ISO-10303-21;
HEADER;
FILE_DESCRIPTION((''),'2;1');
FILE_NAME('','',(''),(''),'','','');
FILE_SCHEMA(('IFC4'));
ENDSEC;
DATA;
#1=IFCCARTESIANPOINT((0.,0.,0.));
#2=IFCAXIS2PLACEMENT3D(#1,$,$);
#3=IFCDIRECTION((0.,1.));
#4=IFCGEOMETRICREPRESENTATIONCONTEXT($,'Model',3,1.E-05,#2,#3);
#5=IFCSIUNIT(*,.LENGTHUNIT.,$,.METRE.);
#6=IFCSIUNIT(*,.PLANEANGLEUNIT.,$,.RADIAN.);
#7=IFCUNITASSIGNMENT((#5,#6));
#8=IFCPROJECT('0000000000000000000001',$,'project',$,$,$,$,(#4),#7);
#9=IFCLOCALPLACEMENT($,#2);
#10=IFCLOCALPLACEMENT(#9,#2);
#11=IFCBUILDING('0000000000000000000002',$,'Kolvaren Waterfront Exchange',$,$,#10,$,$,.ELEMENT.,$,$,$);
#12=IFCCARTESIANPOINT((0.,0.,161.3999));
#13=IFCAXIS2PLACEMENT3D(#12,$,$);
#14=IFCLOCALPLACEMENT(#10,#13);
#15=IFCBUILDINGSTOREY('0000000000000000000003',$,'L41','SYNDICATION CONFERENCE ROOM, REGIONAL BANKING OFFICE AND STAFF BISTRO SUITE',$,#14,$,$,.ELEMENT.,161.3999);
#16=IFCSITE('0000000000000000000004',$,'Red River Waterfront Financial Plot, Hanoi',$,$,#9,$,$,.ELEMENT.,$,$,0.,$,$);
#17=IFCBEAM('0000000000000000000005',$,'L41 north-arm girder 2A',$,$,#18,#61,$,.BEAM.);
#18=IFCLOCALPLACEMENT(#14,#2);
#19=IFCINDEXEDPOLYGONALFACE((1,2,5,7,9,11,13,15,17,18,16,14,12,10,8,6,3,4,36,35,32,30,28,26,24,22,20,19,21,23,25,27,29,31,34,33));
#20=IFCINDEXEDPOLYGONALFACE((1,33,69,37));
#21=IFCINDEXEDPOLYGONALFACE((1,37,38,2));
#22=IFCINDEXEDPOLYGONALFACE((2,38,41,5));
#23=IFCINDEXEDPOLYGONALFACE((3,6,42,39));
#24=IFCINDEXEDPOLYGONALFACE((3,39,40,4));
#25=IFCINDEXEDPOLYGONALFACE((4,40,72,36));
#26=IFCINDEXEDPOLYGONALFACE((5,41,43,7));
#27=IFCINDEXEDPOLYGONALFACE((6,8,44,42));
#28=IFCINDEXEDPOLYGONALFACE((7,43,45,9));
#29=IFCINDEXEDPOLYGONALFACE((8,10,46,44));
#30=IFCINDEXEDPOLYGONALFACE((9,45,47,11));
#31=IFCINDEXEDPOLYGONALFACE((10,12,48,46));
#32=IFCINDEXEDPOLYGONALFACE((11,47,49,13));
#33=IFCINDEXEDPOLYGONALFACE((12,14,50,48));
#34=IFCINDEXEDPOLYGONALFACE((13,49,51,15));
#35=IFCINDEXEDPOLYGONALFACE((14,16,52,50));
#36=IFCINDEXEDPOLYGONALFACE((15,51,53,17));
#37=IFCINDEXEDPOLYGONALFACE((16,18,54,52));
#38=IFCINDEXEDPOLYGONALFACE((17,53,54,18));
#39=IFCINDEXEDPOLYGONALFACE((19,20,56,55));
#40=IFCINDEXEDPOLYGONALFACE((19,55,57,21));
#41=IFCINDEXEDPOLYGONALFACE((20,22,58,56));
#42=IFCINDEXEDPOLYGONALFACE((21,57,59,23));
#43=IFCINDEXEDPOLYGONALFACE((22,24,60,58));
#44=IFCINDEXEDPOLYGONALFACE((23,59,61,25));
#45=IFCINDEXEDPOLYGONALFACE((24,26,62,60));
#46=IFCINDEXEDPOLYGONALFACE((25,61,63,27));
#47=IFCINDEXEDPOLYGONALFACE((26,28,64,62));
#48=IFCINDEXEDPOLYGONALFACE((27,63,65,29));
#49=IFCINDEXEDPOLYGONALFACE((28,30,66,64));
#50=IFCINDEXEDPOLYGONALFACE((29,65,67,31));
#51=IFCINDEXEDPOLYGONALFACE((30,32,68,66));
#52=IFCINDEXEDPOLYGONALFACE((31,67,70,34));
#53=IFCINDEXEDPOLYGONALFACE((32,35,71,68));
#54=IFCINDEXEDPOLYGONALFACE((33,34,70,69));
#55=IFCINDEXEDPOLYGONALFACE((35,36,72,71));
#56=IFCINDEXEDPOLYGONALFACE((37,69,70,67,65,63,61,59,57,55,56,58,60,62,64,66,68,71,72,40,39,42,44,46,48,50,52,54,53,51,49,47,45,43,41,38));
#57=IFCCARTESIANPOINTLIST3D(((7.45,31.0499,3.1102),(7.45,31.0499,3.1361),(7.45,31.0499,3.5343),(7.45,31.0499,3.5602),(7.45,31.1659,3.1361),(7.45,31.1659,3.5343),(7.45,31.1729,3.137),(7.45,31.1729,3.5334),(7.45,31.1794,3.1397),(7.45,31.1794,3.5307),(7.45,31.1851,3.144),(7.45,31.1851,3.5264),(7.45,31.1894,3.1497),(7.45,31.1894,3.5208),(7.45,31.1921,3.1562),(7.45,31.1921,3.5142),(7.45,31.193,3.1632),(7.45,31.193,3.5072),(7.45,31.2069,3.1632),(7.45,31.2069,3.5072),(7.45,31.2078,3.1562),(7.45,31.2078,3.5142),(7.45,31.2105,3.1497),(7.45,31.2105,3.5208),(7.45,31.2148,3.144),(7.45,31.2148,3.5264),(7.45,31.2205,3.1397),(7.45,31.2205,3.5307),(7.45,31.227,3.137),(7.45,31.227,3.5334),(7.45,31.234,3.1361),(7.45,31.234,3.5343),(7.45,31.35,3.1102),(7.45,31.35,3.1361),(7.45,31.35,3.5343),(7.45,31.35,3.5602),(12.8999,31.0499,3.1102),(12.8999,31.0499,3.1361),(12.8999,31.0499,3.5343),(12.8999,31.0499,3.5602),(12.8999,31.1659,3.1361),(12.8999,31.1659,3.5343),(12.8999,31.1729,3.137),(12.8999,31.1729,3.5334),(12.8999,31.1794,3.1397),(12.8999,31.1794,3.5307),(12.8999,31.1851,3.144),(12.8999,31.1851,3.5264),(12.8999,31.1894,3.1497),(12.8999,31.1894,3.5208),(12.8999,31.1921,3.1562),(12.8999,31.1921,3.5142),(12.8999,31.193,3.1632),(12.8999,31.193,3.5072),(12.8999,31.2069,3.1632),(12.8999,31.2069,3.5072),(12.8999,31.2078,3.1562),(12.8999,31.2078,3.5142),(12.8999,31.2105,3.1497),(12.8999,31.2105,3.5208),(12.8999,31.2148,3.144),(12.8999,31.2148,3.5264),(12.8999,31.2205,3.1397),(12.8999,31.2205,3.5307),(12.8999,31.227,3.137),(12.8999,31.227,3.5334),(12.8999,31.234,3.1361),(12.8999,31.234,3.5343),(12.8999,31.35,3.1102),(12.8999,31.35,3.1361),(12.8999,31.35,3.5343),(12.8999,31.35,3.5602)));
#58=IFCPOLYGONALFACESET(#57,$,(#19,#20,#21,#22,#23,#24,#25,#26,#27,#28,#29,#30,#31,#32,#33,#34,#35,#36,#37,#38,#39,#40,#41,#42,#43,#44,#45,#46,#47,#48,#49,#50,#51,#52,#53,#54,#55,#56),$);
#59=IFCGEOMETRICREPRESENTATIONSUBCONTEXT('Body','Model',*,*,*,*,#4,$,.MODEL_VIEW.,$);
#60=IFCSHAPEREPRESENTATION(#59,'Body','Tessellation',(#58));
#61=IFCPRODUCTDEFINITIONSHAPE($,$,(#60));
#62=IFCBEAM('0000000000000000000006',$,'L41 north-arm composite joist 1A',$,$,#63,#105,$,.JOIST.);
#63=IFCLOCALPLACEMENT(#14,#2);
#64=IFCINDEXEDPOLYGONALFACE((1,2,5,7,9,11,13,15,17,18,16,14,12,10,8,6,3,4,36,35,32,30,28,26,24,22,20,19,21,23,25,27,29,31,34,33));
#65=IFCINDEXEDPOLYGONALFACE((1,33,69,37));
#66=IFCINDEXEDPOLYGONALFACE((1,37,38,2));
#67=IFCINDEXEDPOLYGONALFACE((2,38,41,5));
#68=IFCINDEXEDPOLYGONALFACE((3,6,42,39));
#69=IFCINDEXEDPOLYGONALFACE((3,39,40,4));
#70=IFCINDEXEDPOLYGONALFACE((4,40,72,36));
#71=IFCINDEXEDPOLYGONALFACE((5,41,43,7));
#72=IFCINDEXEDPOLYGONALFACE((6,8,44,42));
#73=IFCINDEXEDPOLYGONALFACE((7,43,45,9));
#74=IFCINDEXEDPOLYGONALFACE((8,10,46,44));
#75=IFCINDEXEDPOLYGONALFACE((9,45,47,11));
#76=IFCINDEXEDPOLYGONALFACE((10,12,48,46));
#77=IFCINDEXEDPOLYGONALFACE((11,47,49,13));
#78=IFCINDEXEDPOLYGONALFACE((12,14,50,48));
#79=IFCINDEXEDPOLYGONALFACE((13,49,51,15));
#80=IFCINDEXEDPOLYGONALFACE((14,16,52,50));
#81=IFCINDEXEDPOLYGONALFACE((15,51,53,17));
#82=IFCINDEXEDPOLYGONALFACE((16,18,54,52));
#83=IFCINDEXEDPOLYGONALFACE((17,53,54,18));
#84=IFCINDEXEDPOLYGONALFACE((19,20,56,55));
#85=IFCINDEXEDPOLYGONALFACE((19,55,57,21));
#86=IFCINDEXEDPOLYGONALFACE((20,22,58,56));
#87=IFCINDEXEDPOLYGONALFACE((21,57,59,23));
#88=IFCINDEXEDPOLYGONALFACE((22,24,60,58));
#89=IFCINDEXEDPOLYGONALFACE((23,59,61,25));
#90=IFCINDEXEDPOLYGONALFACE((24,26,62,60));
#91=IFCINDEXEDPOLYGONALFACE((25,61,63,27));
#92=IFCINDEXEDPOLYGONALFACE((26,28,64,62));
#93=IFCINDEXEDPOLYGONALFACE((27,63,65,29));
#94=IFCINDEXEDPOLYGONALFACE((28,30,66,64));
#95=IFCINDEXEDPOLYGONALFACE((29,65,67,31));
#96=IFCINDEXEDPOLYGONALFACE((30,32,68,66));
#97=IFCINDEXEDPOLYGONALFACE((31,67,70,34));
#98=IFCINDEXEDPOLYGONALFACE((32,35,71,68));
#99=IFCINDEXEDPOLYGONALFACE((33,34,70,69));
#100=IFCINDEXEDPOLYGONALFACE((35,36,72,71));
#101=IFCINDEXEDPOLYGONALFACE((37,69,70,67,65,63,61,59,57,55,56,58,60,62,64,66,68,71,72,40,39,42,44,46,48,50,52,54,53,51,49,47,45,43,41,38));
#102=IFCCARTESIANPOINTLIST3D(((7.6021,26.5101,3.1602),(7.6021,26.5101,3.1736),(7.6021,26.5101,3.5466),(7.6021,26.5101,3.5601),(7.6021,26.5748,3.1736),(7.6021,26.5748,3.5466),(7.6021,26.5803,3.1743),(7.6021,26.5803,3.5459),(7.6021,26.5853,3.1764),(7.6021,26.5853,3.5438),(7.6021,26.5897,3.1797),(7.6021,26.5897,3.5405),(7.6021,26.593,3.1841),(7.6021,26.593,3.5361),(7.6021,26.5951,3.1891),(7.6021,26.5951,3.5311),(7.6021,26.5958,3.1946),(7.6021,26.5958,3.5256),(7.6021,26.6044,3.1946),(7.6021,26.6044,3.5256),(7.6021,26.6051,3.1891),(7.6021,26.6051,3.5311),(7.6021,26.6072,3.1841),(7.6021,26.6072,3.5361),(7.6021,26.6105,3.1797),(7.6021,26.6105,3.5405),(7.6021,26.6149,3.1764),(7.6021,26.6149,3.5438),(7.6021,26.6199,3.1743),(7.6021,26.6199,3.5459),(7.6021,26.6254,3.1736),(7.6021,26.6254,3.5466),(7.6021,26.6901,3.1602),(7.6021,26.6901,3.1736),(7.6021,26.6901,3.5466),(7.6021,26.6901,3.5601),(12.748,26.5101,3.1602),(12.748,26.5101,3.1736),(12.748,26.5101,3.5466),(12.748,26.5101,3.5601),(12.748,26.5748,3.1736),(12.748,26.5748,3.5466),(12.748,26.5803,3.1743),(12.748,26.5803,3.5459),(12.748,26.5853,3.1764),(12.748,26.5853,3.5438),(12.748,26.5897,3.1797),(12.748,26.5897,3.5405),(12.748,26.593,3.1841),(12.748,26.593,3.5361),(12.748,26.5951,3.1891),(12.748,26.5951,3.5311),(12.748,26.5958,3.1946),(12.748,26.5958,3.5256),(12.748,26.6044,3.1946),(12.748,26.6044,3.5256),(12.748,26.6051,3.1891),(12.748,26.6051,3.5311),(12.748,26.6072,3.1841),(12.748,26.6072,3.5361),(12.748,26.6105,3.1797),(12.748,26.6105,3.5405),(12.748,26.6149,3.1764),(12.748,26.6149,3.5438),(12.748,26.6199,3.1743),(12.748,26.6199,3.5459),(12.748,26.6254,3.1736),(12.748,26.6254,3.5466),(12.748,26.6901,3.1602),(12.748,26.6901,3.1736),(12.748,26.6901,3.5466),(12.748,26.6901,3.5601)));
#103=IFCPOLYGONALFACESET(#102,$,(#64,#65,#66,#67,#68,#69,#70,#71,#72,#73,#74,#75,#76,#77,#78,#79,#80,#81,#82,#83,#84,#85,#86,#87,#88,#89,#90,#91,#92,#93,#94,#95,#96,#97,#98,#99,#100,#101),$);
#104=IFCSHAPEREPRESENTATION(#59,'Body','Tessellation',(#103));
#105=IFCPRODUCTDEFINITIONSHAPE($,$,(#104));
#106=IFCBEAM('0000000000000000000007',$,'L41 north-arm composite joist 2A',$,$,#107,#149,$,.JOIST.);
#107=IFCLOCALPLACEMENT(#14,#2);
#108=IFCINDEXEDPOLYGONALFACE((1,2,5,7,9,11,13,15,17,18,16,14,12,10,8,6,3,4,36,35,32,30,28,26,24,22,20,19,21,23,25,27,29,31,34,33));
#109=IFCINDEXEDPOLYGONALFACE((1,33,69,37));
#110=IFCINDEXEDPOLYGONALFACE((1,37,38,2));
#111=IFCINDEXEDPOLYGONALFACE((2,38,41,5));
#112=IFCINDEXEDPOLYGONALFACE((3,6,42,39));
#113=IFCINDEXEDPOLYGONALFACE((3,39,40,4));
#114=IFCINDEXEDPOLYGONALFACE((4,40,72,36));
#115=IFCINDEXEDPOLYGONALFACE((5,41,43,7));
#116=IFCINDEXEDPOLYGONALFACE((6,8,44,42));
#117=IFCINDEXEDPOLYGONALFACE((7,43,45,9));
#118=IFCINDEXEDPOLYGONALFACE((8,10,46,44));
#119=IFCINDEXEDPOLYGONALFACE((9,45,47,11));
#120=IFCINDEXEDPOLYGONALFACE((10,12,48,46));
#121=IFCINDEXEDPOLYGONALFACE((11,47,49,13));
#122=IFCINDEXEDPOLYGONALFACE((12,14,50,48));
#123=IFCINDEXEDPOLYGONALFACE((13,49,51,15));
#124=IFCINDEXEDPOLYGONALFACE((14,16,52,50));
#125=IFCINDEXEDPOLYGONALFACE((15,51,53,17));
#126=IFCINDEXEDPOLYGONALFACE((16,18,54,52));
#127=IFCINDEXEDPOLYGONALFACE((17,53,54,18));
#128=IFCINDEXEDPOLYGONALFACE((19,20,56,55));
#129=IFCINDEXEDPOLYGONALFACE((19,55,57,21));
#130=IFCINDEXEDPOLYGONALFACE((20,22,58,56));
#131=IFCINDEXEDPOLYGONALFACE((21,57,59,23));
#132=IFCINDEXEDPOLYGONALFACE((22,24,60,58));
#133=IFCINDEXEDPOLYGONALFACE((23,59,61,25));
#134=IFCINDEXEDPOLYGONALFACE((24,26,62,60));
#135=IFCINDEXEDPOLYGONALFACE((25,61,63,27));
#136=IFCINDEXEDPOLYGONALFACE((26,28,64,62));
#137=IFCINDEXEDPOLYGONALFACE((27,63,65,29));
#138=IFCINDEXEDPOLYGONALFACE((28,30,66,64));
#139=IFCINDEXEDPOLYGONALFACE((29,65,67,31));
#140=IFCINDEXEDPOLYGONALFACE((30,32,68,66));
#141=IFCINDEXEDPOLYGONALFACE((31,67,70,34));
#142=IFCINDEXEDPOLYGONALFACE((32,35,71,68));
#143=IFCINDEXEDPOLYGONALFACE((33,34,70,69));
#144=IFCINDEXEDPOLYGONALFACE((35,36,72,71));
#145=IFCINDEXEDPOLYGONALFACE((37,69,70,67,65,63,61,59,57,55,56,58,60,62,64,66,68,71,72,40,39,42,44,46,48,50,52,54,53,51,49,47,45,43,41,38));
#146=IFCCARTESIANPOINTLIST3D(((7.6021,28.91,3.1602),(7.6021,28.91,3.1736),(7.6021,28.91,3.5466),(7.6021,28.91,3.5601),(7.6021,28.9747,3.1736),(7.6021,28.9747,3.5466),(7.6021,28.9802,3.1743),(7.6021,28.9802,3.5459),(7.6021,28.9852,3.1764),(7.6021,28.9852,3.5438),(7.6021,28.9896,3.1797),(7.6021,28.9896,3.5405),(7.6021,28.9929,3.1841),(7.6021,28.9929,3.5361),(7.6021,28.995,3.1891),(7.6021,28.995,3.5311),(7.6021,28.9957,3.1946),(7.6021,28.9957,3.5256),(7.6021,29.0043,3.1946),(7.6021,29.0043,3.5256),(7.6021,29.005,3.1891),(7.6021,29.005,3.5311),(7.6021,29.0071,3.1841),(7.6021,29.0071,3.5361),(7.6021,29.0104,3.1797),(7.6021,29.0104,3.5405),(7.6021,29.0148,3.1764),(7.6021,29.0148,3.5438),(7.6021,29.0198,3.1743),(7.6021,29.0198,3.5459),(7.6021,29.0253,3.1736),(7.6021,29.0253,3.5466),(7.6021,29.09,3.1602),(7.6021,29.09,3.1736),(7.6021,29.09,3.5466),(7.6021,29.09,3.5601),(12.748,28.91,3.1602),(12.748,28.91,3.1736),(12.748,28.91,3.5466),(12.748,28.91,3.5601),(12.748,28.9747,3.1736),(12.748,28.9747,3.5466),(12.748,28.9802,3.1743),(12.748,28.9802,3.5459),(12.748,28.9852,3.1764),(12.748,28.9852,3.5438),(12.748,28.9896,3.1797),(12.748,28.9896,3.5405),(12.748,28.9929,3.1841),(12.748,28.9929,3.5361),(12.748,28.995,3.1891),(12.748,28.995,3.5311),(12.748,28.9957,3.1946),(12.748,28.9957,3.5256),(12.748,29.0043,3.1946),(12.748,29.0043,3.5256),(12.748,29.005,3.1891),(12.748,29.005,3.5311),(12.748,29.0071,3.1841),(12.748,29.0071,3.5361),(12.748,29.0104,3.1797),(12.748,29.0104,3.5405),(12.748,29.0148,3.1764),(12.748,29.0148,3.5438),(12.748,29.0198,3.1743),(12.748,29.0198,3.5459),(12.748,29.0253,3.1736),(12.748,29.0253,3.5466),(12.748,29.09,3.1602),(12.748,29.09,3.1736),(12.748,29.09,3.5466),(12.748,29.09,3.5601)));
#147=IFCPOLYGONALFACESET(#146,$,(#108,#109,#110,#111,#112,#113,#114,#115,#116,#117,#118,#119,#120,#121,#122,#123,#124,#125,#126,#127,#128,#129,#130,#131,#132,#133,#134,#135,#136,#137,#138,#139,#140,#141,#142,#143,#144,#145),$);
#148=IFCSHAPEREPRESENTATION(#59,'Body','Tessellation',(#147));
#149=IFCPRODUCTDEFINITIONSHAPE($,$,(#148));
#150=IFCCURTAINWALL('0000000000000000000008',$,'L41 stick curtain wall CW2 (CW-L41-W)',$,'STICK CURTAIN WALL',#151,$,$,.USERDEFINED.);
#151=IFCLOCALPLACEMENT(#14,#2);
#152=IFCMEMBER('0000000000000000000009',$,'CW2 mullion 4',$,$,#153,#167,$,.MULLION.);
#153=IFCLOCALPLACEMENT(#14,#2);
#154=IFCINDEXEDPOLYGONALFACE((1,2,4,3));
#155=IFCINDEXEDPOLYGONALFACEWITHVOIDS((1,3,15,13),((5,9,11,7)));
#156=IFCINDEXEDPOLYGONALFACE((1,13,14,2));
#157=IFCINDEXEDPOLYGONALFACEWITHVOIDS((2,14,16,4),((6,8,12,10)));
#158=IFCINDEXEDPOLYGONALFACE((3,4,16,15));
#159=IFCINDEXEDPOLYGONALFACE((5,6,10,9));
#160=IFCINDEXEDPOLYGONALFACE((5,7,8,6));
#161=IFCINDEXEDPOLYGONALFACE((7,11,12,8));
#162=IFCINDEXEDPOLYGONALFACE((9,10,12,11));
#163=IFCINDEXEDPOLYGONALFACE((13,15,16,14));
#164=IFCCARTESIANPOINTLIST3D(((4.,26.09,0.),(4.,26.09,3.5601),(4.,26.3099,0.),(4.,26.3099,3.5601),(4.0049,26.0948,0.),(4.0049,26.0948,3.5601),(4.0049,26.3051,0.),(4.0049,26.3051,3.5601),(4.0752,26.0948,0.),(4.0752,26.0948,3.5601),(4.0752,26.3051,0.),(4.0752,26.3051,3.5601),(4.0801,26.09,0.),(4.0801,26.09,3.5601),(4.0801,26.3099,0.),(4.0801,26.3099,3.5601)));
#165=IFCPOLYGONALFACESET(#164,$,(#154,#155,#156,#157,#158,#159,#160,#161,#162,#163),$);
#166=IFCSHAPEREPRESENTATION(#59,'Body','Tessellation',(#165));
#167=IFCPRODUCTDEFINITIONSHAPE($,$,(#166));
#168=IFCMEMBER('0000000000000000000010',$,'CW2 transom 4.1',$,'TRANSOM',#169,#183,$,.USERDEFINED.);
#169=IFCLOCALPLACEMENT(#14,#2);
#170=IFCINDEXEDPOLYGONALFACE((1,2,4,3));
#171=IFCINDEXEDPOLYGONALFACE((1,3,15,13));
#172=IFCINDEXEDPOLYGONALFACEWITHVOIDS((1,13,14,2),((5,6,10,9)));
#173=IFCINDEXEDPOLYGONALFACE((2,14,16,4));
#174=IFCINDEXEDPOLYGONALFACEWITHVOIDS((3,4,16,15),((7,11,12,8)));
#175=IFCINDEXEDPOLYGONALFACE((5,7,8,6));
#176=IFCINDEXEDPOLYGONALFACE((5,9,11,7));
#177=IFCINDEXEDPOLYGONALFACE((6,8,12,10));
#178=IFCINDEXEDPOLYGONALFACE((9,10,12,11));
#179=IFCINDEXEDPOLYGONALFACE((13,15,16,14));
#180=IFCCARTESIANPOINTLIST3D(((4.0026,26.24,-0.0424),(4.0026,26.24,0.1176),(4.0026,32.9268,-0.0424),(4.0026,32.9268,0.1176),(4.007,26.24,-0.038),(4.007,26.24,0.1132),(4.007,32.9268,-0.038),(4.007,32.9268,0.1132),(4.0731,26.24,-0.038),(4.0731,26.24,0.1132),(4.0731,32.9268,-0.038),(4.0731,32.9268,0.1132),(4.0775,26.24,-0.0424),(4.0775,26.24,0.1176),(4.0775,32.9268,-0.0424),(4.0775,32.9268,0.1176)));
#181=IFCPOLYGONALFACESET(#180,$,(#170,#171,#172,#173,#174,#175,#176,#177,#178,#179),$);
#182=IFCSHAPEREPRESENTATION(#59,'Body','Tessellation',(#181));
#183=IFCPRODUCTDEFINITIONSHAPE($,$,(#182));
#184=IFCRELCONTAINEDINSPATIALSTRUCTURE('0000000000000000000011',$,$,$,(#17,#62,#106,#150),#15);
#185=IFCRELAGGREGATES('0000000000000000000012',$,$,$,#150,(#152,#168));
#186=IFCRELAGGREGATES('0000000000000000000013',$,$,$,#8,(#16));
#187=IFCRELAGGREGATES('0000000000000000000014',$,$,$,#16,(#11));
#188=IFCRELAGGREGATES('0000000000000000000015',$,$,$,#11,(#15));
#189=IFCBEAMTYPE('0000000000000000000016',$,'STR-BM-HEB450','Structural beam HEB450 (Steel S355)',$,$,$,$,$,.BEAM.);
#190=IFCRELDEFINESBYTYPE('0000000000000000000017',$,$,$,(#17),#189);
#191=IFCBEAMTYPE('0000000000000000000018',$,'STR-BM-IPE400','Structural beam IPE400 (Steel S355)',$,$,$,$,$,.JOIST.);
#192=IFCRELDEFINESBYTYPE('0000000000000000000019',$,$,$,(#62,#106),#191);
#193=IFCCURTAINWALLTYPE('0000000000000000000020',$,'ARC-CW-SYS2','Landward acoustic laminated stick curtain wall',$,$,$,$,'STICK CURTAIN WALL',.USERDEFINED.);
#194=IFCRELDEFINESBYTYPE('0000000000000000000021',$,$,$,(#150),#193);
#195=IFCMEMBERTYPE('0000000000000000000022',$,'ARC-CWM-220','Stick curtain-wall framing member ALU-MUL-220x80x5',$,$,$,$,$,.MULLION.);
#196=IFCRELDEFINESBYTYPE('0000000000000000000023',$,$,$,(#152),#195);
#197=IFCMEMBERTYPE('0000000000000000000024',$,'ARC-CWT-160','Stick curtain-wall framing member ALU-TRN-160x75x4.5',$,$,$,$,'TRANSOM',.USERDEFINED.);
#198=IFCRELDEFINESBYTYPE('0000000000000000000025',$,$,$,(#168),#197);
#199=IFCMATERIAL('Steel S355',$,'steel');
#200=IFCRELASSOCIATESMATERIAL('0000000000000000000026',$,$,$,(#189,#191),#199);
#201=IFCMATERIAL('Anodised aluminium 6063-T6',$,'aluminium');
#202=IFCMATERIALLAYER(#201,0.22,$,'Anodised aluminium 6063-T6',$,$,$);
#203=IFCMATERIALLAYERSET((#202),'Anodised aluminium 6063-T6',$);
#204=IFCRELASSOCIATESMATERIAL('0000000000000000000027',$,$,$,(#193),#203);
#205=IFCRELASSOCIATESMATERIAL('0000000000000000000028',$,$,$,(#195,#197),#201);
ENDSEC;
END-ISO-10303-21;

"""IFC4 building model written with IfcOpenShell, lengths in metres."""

from ifc_helpers import new_model, si_unit, direction, frame, origin, origin_with_axes, origin_2d, place, context, subcontext, project, spatial, hollow_rectangle, i_section, extrude, source, transform, mapped, material, layer, layer_set, material_profile, profile_set, type_object, element, aggregate, save


model = new_model("IFC4")

# Units and contexts
model_context = context("Model", 3, precision=1e-05, world=origin(), true_north=direction((0.0, 1.0)))
body_context = subcontext(model_context, "Body", "Model", "MODEL_VIEW")
ifc_project = project(units=[si_unit("LENGTHUNIT", "METRE"), si_unit("PLANEANGLEUNIT", "RADIAN")], contexts=[model_context])

# Site, building, storey
site_placement = place(None, origin())
site = spatial("IfcSite", under=ifc_project, at=site_placement, Name="Red River Waterfront Financial Plot, Hanoi", CompositionType="ELEMENT", RefElevation=0.0)
building_placement = place(site_placement, origin())
building = spatial("IfcBuilding", under=site, at=building_placement, Name="Kolvaren Waterfront Exchange", CompositionType="ELEMENT")
storey_placement = place(building_placement, frame((0.0, 0.0, 161.3999)))
storey = spatial("IfcBuildingStorey", under=building, at=storey_placement, Name="L41", Description="SYNDICATION CONFERENCE ROOM, REGIONAL BANKING OFFICE AND STAFF BISTRO SUITE", CompositionType="ELEMENT", Elevation=161.3999)

# Beams
ifc_material_1 = material(Name="Steel S355", Category="steel")
ifc_material_profile_1 = material_profile(ifc_material_1, i_section(OverallWidth=0.3, OverallDepth=0.45, WebThickness=0.0139, FlangeThickness=0.0259, FilletRadius=0.0271, at=origin_2d()), Name="HEB450")
ifc_profile_set_1 = profile_set([ifc_material_profile_1], Name="Steel S355")
beam_type_1 = type_object("IfcBeamType", Name="STR-BM-HEB450", Description="Structural beam HEB450 (Steel S355)", PredefinedType="BEAM", material=ifc_profile_set_1)
for number, where, z_axis, x_axis, name in (
    (1, (7.45, 31.2, 3.3352), (1.0, 0.0, 0.0), (0.0, 1.0, 0.0), "L41 north-arm girder 2A"),
):
    element("IfcBeam", number, at=place(storey_placement, frame(where, z_axis=z_axis, x_axis=x_axis)), inside=storey, type_object=beam_type_1, Name=name, PredefinedType="BEAM", context=body_context, shape_type="SweptSolid", body=[
        extrude(i_section(OverallWidth=0.3, OverallDepth=0.45, WebThickness=0.0139, FlangeThickness=0.0259, FilletRadius=0.0271, at=origin_2d()), origin(), (0.0, 0.0, 1.0), 5.45),
    ])
ifc_material_profile_2 = material_profile(ifc_material_1, i_section(OverallWidth=0.1799, OverallDepth=0.3999, WebThickness=0.0085, FlangeThickness=0.0134, FilletRadius=0.021, at=origin_2d()), Name="IPE400")
ifc_profile_set_2 = profile_set([ifc_material_profile_2], Name="Steel S355")
beam_type_2 = type_object("IfcBeamType", Name="STR-BM-IPE400", Description="Structural beam IPE400 (Steel S355)", PredefinedType="JOIST", material=ifc_profile_set_2)
for number, where, z_axis, x_axis, name in (
    (2, (7.6021, 26.6001, 3.3601), (1.0, 0.0, 0.0), (0.0, 1.0, 0.0), "L41 north-arm composite joist 1A"),
    (3, (7.6021, 29.0, 3.3601), (1.0, 0.0, 0.0), (0.0, 1.0, 0.0), "L41 north-arm composite joist 2A"),
):
    element("IfcBeam", number, at=place(storey_placement, frame(where, z_axis=z_axis, x_axis=x_axis)), inside=storey, type_object=beam_type_2, Name=name, PredefinedType="JOIST", context=body_context, shape_type="SweptSolid", body=[
        extrude(i_section(OverallWidth=0.1799, OverallDepth=0.3999, WebThickness=0.0085, FlangeThickness=0.0134, FilletRadius=0.021, at=origin_2d()), origin(), (0.0, 0.0, 1.0), 5.146),
    ])

# Curtain wall, members
ifc_material_2 = material(Name="Anodised aluminium 6063-T6", Category="aluminium")
ifc_layer_1 = layer(ifc_material_2, 0.22, Name="Anodised aluminium 6063-T6")
ifc_layer_set_1 = layer_set([ifc_layer_1], Name="Anodised aluminium 6063-T6")
curtain_wall_type = type_object("IfcCurtainWallType", Name="ARC-CW-SYS2", Description="Landward acoustic laminated stick curtain wall", ElementType="STICK CURTAIN WALL", PredefinedType="USERDEFINED", material=ifc_layer_set_1)
curtain_wall_placement = place(storey_placement, origin())
curtain_wall = element("IfcCurtainWall", 4, at=curtain_wall_placement, inside=storey, type_object=curtain_wall_type, Name="L41 stick curtain wall CW2 (CW-L41-W)", ObjectType="STICK CURTAIN WALL", PredefinedType="USERDEFINED")
ifc_material_profile_3 = material_profile(ifc_material_2, hollow_rectangle(XDim=0.0801, YDim=0.22, WallThickness=0.0049, at=origin_2d()), Name="ALU-MUL-220x80x5")
ifc_profile_set_3 = profile_set([ifc_material_profile_3], Name="Anodised aluminium 6063-T6")
member_type_1 = type_object("IfcMemberType", Name="ARC-CWM-220", Description="Stick curtain-wall framing member ALU-MUL-220x80x5", PredefinedType="MULLION", material=ifc_profile_set_3)
shared_shape_1 = source(origin_with_axes(), body_context, "Body", "SweptSolid", [
    extrude(hollow_rectangle(XDim=0.0801, YDim=0.22, WallThickness=0.0049, at=origin_2d()), origin(), (0.0, 0.0, 1.0), 3.5601),
])
member_1_placement = place(storey_placement, frame((4.04, 26.2, 0.0), z_axis=(0.0, 0.0, 1.0), x_axis=(-1.0, 0.0, 0.0)))
member_1 = element("IfcMember", 5, at=member_1_placement, type_object=member_type_1, Name="CW2 mullion 4", PredefinedType="MULLION", context=body_context, shape_type="MappedRepresentation", body=[
    mapped(shared_shape_1, transform((0.0, 0.0, 0.0), x_axis=(1.0, 0.0, 0.0), y_axis=(0.0, 1.0, 0.0), z_axis=(0.0, 0.0, 1.0), scale=1.0)),
])
ifc_material_profile_4 = material_profile(ifc_material_2, hollow_rectangle(XDim=0.075, YDim=0.1599, WallThickness=0.0044, at=origin_2d()), Name="ALU-TRN-160x75x4.5")
ifc_profile_set_4 = profile_set([ifc_material_profile_4], Name="Anodised aluminium 6063-T6")
member_type_2 = type_object("IfcMemberType", Name="ARC-CWT-160", Description="Stick curtain-wall framing member ALU-TRN-160x75x4.5", ElementType="TRANSOM", PredefinedType="USERDEFINED", material=ifc_profile_set_4)
shared_shape_2 = source(origin_with_axes(), body_context, "Body", "SweptSolid", [
    extrude(hollow_rectangle(XDim=0.075, YDim=0.1599, WallThickness=0.0044, at=origin_2d()), origin(), (0.0, 0.0, 1.0), 6.6868),
])
member_2_placement = place(storey_placement, frame((4.04, 26.24, 0.0376), z_axis=(0.0, 1.0, 0.0), x_axis=(-1.0, 0.0, 0.0)))
member_2 = element("IfcMember", 6, at=member_2_placement, type_object=member_type_2, Name="CW2 transom 4.1", ObjectType="TRANSOM", PredefinedType="USERDEFINED", context=body_context, shape_type="MappedRepresentation", body=[
    mapped(shared_shape_2, transform((0.0, 0.0, 0.0), x_axis=(1.0, 0.0, 0.0), y_axis=(0.0, 1.0, 0.0), z_axis=(0.0, 0.0, 1.0), scale=1.0)),
])
aggregate(curtain_wall, [member_1, member_2])

save(model, "model.ifc")
